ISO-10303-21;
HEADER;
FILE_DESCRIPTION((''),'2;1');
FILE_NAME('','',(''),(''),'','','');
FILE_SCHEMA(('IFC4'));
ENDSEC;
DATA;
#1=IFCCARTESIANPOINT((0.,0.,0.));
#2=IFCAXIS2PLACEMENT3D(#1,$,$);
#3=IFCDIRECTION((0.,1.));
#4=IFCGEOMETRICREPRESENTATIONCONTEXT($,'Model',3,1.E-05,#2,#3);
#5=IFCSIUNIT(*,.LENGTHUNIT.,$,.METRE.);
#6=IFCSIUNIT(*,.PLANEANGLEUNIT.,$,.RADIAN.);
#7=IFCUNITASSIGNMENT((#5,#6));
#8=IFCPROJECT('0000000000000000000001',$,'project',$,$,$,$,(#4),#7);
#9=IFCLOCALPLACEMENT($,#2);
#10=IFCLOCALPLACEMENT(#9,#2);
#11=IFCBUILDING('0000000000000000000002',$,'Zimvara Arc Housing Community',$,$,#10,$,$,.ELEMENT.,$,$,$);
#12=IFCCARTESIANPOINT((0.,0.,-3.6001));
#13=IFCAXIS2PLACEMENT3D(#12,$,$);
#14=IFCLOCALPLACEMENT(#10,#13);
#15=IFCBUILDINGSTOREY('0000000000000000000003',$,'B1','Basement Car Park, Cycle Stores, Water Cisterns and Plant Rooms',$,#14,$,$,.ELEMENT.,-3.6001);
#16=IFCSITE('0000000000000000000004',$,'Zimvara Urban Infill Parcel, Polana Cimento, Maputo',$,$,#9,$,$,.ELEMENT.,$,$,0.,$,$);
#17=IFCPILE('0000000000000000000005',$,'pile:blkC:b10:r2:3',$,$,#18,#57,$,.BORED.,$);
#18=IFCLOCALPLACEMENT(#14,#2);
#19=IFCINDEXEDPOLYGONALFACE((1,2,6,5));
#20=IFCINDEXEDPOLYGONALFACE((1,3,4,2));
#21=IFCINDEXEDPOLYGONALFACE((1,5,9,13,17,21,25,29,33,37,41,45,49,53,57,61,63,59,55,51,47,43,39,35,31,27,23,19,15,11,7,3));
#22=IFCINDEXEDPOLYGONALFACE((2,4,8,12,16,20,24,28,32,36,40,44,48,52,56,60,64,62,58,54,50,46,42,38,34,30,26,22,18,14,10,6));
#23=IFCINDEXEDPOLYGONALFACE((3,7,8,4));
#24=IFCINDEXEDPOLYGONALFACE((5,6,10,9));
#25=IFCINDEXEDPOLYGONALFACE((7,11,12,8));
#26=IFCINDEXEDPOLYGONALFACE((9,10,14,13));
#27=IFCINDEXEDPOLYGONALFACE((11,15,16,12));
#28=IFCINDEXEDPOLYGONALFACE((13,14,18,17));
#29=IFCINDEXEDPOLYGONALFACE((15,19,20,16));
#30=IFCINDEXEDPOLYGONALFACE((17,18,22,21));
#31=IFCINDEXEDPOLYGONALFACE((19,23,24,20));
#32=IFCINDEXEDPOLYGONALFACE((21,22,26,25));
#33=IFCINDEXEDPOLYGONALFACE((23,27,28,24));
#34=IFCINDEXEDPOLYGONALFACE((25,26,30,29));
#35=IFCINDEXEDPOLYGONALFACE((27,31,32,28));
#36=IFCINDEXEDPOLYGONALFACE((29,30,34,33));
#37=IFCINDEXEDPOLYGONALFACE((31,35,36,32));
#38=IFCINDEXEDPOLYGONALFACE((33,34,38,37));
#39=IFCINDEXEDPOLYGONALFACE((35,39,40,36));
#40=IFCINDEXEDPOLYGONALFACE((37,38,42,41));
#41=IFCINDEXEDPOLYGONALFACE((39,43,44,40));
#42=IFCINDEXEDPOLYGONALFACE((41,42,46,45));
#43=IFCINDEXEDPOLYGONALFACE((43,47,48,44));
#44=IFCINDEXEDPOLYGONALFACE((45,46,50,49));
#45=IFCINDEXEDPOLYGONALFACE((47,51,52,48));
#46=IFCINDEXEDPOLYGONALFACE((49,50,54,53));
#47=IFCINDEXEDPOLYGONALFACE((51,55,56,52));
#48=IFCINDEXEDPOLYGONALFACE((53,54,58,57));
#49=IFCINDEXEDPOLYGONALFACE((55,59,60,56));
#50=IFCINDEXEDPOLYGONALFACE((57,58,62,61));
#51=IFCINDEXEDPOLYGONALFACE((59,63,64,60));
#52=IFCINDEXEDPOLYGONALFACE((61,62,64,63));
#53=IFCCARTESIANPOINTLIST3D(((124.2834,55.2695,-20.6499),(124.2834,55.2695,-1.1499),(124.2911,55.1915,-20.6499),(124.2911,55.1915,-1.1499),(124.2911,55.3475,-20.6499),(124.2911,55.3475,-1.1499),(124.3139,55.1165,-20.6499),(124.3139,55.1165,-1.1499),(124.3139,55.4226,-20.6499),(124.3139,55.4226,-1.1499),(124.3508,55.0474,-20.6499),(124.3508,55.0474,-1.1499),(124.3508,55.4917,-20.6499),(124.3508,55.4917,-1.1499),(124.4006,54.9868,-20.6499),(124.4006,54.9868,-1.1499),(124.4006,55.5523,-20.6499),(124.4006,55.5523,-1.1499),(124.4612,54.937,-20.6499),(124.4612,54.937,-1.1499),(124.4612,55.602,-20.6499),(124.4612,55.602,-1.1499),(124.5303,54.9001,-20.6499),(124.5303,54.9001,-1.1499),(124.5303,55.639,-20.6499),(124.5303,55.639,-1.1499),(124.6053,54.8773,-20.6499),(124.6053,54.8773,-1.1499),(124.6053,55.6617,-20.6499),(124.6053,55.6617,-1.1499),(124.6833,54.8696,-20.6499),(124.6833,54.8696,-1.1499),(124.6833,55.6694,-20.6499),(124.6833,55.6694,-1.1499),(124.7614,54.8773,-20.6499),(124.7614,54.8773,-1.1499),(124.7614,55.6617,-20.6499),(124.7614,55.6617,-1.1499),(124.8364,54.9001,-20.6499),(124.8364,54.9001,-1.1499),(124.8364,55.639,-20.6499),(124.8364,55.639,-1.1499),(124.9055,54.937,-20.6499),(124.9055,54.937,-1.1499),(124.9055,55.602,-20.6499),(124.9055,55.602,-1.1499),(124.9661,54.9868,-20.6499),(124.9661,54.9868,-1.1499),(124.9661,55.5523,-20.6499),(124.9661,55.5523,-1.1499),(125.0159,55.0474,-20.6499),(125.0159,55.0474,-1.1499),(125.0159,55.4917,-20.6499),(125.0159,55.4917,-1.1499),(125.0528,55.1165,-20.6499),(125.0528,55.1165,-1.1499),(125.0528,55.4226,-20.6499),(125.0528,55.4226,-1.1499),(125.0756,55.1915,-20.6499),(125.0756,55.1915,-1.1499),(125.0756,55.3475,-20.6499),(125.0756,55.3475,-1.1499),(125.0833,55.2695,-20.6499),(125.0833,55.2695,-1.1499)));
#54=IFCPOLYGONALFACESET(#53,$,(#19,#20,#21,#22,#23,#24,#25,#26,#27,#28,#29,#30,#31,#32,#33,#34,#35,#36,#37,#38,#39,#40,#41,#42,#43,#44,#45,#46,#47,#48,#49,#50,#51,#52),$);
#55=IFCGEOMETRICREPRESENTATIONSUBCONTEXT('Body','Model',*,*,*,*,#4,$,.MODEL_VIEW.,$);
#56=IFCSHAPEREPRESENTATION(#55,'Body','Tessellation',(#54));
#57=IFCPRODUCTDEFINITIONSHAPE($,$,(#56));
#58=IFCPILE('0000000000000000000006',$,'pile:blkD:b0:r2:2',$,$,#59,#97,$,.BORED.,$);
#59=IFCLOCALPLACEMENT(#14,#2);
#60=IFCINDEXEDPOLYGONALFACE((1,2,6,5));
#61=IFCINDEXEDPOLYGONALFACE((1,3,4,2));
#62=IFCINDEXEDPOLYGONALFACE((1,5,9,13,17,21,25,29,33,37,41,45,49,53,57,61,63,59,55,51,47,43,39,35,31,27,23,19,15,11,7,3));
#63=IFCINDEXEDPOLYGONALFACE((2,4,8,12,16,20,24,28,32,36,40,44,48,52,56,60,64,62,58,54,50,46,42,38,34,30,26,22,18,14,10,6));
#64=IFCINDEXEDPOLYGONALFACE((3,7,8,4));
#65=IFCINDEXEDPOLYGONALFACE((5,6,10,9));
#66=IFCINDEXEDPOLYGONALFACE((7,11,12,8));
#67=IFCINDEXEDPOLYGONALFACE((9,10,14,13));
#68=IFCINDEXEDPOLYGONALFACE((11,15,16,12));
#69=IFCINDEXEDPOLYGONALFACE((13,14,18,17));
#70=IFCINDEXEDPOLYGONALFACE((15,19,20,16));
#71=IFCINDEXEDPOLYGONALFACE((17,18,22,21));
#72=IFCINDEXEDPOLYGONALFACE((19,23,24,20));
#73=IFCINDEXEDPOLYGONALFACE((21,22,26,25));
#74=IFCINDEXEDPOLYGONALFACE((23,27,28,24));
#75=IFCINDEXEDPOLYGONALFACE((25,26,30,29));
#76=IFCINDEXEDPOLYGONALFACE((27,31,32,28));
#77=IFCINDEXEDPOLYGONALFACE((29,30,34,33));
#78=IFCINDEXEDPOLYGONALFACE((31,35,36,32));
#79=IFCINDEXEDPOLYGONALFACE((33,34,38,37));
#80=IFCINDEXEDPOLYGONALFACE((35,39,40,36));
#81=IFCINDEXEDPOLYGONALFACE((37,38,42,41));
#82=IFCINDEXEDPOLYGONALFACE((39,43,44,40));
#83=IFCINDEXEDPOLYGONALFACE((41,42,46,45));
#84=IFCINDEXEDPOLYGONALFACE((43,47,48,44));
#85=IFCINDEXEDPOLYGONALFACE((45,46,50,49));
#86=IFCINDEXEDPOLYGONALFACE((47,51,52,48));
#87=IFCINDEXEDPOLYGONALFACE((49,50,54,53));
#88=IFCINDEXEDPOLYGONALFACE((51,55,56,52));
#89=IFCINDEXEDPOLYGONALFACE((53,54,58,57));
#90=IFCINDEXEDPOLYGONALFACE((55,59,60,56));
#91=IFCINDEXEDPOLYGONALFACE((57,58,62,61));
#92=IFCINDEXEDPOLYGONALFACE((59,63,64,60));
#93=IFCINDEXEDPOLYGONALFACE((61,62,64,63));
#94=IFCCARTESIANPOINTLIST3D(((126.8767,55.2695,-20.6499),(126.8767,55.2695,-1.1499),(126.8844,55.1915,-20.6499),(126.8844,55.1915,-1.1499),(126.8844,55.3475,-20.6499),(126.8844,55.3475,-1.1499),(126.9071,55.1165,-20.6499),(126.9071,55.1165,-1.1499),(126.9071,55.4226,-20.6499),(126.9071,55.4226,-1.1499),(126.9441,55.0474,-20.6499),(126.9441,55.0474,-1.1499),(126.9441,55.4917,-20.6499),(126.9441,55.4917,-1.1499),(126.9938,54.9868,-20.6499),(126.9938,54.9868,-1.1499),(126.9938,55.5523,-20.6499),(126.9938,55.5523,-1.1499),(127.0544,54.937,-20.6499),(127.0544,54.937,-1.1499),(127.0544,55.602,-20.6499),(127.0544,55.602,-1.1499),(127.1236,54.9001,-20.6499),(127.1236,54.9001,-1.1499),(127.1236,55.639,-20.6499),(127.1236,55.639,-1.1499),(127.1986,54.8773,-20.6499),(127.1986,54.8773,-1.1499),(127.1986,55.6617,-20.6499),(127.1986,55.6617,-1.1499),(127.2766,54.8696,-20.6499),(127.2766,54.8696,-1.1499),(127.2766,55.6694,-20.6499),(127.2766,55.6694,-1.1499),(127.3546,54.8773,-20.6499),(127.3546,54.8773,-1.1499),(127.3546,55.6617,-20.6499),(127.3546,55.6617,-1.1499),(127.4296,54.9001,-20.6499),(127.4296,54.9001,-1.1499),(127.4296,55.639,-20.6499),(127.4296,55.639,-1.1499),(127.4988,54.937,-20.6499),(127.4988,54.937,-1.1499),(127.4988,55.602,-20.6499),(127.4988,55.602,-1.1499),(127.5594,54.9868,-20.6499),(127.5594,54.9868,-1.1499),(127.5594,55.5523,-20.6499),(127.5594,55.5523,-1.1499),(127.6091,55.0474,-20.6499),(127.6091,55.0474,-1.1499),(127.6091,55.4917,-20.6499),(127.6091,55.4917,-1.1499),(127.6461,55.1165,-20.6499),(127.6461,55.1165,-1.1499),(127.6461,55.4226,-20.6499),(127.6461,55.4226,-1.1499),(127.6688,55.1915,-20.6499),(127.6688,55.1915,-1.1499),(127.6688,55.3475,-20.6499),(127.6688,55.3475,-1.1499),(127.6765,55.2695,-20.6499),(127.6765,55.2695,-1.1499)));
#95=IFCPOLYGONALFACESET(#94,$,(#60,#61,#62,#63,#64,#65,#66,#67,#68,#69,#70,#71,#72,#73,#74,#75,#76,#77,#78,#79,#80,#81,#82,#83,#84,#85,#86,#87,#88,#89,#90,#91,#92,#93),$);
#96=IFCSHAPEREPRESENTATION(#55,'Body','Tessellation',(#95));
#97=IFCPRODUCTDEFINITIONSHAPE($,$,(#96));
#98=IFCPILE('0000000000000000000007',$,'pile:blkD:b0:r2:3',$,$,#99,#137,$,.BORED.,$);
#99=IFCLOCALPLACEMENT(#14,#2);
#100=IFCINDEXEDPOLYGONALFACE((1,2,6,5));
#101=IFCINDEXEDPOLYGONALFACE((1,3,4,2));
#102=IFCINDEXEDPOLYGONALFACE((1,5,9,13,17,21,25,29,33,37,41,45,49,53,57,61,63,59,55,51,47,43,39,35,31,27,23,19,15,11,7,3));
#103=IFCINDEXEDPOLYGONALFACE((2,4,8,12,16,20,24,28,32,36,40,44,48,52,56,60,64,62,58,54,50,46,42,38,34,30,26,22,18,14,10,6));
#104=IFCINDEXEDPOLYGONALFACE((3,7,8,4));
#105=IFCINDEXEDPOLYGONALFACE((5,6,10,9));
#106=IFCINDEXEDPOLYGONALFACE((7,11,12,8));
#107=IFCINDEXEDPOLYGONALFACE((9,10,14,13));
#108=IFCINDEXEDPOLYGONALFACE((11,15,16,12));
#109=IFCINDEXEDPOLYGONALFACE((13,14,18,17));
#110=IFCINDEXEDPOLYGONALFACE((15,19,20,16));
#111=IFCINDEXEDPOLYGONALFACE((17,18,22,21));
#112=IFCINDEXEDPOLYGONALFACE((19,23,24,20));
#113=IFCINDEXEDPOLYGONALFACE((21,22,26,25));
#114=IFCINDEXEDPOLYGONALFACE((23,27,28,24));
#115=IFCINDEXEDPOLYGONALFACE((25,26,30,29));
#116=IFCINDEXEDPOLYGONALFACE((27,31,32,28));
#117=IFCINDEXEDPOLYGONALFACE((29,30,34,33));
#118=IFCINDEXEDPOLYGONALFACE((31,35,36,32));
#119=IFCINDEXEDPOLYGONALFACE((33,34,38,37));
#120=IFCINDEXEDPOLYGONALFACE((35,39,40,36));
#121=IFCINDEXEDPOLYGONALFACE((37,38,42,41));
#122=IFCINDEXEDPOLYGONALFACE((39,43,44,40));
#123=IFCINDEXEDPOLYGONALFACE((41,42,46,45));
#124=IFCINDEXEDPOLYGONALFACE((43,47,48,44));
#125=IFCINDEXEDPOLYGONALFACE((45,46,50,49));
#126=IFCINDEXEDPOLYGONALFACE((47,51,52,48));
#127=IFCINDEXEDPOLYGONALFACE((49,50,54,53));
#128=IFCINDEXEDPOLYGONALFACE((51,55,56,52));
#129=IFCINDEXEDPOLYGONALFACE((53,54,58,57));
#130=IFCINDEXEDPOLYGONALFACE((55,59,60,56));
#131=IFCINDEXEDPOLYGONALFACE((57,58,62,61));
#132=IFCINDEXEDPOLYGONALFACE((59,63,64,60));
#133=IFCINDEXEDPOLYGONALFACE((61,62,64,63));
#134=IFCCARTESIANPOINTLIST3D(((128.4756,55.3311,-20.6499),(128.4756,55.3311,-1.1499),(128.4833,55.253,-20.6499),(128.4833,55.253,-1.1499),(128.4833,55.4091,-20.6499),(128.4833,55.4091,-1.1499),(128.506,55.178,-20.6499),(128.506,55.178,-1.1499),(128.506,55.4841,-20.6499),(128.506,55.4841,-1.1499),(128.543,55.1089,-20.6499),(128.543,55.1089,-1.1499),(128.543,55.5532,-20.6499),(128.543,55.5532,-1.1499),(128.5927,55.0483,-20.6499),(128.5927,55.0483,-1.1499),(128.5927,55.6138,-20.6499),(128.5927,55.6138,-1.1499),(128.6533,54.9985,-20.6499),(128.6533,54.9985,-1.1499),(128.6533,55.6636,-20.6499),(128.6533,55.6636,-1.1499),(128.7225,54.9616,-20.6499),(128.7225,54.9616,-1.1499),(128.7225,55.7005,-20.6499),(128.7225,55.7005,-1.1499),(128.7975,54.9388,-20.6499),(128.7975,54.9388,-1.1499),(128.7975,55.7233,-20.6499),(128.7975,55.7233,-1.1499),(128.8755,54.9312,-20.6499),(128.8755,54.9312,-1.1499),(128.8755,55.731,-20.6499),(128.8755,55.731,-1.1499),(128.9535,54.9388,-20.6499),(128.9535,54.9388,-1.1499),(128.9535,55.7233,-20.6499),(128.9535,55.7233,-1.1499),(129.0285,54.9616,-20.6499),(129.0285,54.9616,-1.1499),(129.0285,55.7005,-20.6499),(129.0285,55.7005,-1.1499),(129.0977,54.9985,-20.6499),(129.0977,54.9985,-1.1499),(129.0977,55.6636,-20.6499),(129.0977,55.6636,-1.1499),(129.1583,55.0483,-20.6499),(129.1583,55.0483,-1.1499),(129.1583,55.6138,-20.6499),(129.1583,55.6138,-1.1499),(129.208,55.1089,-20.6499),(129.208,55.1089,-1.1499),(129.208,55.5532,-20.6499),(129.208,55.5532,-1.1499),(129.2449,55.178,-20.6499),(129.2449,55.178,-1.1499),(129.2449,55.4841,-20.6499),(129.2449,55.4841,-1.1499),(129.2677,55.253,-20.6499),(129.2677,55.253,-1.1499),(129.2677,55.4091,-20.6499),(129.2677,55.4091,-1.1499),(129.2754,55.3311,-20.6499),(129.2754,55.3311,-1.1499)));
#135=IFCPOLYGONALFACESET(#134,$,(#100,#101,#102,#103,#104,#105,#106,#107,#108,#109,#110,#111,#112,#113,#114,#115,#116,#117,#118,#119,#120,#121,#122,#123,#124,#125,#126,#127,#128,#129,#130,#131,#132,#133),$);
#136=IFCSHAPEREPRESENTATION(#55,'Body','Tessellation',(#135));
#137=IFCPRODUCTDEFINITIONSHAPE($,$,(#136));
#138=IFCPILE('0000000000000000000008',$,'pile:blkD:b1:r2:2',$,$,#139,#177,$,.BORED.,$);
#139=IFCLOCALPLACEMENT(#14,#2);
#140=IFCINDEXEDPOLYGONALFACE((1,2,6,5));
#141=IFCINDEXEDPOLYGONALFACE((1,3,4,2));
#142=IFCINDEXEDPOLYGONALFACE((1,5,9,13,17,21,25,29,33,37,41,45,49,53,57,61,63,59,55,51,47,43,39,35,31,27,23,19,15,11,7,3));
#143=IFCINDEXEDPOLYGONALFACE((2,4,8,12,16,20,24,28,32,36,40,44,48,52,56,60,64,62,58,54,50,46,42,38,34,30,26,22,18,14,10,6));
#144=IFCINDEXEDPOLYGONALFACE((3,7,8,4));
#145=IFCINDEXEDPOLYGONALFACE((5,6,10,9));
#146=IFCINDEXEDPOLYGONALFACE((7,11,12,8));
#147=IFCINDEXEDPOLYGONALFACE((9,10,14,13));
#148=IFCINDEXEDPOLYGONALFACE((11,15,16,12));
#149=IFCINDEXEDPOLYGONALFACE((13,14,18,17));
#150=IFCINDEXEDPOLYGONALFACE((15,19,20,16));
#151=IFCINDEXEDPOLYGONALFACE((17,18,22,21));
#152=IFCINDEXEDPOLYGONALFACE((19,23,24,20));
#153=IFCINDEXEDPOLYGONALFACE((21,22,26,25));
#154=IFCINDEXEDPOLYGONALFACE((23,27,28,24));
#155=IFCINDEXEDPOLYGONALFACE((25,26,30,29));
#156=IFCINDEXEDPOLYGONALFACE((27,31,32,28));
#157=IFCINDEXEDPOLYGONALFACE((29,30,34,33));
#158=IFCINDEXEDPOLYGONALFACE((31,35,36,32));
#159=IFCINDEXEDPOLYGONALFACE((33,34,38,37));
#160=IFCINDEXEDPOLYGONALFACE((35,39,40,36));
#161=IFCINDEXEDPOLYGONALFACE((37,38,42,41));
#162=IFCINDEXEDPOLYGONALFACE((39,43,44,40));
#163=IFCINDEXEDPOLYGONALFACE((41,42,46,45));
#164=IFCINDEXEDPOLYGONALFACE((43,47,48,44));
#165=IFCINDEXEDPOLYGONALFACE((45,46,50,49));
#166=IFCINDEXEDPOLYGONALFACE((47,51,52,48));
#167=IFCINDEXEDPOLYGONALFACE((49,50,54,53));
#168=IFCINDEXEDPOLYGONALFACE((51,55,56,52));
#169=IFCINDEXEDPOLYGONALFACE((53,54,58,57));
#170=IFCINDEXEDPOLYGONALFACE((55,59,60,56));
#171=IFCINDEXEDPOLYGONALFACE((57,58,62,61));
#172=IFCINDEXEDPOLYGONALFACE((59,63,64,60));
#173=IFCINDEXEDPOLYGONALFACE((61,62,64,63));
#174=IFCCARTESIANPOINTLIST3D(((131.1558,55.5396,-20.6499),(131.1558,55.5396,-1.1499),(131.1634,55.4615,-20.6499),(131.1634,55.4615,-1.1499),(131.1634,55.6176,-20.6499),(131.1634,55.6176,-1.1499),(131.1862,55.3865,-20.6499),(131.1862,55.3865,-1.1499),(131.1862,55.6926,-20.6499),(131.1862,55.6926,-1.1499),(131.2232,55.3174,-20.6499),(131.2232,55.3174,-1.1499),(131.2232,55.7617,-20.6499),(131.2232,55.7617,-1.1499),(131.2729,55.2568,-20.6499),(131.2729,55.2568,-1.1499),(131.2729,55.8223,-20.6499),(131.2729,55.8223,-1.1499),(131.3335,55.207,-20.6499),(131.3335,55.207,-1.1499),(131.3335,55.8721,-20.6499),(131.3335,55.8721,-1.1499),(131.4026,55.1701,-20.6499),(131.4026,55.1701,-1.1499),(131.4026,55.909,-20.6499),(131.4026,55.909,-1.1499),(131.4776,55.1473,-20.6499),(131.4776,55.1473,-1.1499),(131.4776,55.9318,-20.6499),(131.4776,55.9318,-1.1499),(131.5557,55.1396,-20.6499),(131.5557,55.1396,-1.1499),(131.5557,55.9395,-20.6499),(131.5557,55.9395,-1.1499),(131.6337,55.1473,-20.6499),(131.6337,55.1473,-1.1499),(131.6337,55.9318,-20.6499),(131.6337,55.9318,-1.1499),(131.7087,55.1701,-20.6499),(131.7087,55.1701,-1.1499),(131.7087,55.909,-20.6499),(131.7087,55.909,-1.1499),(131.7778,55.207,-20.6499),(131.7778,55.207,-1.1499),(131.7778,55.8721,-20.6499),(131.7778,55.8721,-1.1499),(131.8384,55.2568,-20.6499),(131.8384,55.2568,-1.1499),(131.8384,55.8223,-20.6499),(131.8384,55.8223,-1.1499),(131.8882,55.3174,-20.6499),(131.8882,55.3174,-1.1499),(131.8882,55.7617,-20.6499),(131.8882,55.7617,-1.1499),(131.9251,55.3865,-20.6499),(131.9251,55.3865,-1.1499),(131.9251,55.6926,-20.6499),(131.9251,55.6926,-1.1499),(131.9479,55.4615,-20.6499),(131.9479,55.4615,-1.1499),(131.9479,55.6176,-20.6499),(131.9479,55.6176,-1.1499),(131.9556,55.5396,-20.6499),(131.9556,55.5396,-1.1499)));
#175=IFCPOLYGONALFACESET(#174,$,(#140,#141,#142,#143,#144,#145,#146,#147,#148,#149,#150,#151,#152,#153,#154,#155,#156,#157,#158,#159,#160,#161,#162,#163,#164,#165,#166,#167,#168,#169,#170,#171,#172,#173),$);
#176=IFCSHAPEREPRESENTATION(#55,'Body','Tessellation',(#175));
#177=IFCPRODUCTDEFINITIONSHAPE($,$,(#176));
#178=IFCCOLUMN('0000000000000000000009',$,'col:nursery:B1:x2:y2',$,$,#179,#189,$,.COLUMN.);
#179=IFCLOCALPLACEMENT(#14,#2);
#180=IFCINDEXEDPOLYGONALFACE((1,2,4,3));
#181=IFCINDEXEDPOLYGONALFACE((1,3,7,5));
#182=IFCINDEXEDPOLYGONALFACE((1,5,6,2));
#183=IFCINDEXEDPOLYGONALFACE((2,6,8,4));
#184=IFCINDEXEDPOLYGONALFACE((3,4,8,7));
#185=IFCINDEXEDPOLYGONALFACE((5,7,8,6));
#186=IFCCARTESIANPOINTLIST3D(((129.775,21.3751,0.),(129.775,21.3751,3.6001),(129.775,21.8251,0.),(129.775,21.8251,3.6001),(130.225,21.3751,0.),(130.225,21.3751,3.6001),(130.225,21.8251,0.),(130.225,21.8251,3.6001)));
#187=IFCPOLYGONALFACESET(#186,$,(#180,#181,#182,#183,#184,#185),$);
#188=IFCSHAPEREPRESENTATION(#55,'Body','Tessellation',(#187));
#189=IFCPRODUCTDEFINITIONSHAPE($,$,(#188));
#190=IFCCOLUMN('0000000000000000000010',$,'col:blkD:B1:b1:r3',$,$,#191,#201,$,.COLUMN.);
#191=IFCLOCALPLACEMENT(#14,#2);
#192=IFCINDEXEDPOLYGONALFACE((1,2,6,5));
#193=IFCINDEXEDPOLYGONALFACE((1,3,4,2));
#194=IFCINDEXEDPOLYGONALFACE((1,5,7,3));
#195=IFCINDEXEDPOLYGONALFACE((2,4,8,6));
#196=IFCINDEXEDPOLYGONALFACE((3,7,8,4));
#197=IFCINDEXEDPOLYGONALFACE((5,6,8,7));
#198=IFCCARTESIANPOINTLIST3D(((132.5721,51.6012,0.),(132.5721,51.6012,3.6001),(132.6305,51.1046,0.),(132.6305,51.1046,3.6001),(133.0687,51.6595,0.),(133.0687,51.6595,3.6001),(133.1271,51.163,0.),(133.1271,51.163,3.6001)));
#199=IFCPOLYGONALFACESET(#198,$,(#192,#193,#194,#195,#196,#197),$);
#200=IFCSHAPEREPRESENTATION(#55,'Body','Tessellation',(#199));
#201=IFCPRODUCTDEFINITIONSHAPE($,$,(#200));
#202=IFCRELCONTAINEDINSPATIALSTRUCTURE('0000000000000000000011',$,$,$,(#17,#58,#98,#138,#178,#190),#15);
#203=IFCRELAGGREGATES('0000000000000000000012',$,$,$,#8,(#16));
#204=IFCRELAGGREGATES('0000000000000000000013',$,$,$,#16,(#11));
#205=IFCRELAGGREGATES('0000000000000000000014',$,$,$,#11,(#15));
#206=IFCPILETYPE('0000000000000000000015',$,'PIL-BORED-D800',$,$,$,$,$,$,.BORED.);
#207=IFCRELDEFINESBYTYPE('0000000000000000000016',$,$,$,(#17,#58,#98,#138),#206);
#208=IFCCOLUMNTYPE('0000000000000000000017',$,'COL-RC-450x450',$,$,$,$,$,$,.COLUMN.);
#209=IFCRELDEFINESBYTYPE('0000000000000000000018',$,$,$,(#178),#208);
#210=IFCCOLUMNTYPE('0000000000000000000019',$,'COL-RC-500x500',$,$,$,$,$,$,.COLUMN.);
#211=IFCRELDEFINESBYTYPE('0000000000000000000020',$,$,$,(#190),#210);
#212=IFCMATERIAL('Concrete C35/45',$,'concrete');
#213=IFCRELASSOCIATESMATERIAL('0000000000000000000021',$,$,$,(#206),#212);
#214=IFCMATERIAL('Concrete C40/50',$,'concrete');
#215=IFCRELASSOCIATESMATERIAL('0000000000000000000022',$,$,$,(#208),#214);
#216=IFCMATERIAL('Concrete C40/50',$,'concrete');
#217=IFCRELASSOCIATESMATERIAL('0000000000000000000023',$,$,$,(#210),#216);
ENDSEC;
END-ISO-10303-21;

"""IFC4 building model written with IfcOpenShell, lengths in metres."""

from ifc_helpers import new_model, si_unit, direction, frame, origin, origin_2d, place, context, subcontext, project, spatial, rectangle, circle, extrude, material, material_profile, profile_set, type_object, element, save


model = new_model("IFC4")

# Units and contexts
model_context = context("Model", 3, precision=1e-05, world=origin(), true_north=direction((0.0, 1.0)))
body_context = subcontext(model_context, "Body", "Model", "MODEL_VIEW")
ifc_project = project(units=[si_unit("LENGTHUNIT", "METRE"), si_unit("PLANEANGLEUNIT", "RADIAN")], contexts=[model_context])

# Site, building, storey
site_placement = place(None, origin())
site = spatial("IfcSite", under=ifc_project, at=site_placement, Name="Zimvara Urban Infill Parcel, Polana Cimento, Maputo", CompositionType="ELEMENT", RefElevation=0.0)
building_placement = place(site_placement, origin())
building = spatial("IfcBuilding", under=site, at=building_placement, Name="Zimvara Arc Housing Community", CompositionType="ELEMENT")
storey_placement = place(building_placement, frame((0.0, 0.0, -3.6001)))
storey = spatial("IfcBuildingStorey", under=building, at=storey_placement, Name="B1", Description="Basement Car Park, Cycle Stores, Water Cisterns and Plant Rooms", CompositionType="ELEMENT", Elevation=-3.6001)

# Piles
ifc_material_1 = material(Name="Concrete C35/45", Category="concrete")
ifc_material_profile_1 = material_profile(ifc_material_1, circle(Radius=0.3999, at=origin_2d()), Name="PILE D800")
ifc_profile_set_1 = profile_set([ifc_material_profile_1], Name="Concrete C35/45")
pile_type_1 = type_object("IfcPileType", Name="PIL-BORED-D800", PredefinedType="BORED", material=ifc_profile_set_1)
for number, where, z_axis, x_axis, name in (
    (1, (124.6833, 55.2695, -1.1499), (0.0, 0.0, -1.0), (1.0, 0.0, 0.0), "pile:blkC:b10:r2:3"),
    (2, (127.2766, 55.2695, -1.1499), (0.0, 0.0, -1.0), (1.0, 0.0, 0.0), "pile:blkD:b0:r2:2"),
    (3, (128.8755, 55.3311, -1.1499), (0.0, 0.0, -1.0), (1.0, 0.0, 0.0), "pile:blkD:b0:r2:3"),
    (4, (131.5557, 55.5396, -1.1499), (0.0, 0.0, -1.0), (1.0, 0.0, 0.0), "pile:blkD:b1:r2:2"),
):
    element("IfcPile", number, at=place(storey_placement, frame(where, z_axis=z_axis, x_axis=x_axis)), inside=storey, type_object=pile_type_1, Name=name, PredefinedType="BORED", context=body_context, shape_type="SweptSolid", body=[
        extrude(circle(Radius=0.3999, at=origin_2d()), origin(), (0.0, 0.0, 1.0), 19.5),
    ])

# Columns
ifc_material_2 = material(Name="Concrete C40/50", Category="concrete")
ifc_material_profile_2 = material_profile(ifc_material_2, rectangle(XDim=0.45, YDim=0.45, at=origin_2d()), Name="RC 450x450")
ifc_profile_set_2 = profile_set([ifc_material_profile_2], Name="Concrete C40/50")
column_type_1 = type_object("IfcColumnType", Name="COL-RC-450x450", PredefinedType="COLUMN", material=ifc_profile_set_2)
column_1_placement = place(storey_placement, frame((130.0, 21.6001, 0.0), z_axis=(0.0, 0.0, 1.0), x_axis=(1.0, 0.0, 0.0)))
element("IfcColumn", 5, at=column_1_placement, inside=storey, type_object=column_type_1, Name="col:nursery:B1:x2:y2", PredefinedType="COLUMN", context=body_context, shape_type="SweptSolid", body=[
    extrude(rectangle(XDim=0.45, YDim=0.45, at=origin_2d()), origin(), (0.0, 0.0, 1.0), 3.6001),
])
ifc_material_3 = material(Name="Concrete C40/50", Category="concrete")
ifc_material_profile_3 = material_profile(ifc_material_3, rectangle(XDim=0.5, YDim=0.5, at=origin_2d()), Name="RC 500x500")
ifc_profile_set_3 = profile_set([ifc_material_profile_3], Name="Concrete C40/50")
column_type_2 = type_object("IfcColumnType", Name="COL-RC-500x500", PredefinedType="COLUMN", material=ifc_profile_set_3)
column_2_placement = place(storey_placement, frame((132.8496, 51.3821, 0.0), z_axis=(0.0, 0.0, 1.0), x_axis=(0.116671, -0.993171, 0.0)))
element("IfcColumn", 6, at=column_2_placement, inside=storey, type_object=column_type_2, Name="col:blkD:B1:b1:r3", PredefinedType="COLUMN", context=body_context, shape_type="SweptSolid", body=[
    extrude(rectangle(XDim=0.5, YDim=0.5, at=origin_2d()), origin(), (0.0, 0.0, 1.0), 3.6001),
])

save(model, "model.ifc")
